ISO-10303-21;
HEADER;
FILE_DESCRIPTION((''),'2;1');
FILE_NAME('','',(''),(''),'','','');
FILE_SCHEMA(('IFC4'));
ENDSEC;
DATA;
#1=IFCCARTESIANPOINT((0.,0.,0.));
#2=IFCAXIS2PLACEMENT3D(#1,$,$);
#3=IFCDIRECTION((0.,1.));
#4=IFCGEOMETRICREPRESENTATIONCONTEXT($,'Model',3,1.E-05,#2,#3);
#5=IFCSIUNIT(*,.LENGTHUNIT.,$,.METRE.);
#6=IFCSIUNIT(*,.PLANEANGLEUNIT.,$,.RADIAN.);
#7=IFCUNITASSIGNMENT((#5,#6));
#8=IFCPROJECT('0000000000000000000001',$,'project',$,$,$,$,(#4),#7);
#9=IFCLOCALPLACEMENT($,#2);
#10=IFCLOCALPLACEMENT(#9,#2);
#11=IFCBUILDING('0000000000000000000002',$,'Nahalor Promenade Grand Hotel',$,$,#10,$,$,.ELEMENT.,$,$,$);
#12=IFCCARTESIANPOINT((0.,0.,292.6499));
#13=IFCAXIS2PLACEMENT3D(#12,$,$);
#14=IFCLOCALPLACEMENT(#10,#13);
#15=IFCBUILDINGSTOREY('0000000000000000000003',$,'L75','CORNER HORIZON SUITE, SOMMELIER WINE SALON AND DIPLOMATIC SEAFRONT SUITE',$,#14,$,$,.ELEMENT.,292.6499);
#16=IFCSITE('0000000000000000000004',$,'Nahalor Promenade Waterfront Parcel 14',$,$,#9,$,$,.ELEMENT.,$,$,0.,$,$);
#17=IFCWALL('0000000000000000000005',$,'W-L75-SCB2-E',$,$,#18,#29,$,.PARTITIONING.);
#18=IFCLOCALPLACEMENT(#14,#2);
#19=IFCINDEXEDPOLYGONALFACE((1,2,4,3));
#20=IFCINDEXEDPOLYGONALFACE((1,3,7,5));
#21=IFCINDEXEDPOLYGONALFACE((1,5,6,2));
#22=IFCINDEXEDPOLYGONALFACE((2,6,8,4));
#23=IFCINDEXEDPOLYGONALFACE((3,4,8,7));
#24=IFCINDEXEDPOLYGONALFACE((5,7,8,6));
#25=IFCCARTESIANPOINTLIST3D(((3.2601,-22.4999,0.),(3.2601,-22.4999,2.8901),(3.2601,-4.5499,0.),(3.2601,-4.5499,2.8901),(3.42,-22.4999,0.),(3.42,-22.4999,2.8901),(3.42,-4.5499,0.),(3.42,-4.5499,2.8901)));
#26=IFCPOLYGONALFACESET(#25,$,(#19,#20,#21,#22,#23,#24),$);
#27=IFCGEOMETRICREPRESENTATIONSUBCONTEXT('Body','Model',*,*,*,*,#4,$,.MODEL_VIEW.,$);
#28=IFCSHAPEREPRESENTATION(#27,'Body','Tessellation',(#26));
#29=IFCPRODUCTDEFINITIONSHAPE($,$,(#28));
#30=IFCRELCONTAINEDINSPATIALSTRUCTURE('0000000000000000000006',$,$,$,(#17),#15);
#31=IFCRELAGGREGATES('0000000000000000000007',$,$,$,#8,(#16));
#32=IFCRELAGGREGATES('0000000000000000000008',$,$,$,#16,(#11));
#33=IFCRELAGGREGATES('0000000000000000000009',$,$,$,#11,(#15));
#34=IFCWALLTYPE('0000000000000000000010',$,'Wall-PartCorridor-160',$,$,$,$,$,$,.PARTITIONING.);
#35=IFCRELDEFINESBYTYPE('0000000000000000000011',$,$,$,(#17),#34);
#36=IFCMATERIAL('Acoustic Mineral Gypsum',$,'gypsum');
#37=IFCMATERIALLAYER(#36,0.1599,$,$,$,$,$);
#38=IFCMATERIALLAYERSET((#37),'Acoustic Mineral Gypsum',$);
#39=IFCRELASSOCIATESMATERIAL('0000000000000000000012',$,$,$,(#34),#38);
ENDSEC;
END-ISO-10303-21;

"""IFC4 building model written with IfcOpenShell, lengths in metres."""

from ifc_helpers import new_model, si_unit, direction, frame, frame_2d, origin, place, context, subcontext, project, spatial, rectangle, extrude, source, transform, mapped, material, layer, layer_set, type_object, element, save


model = new_model("IFC4")

# Units and contexts
model_context = context("Model", 3, precision=1e-05, world=origin(), true_north=direction((0.0, 1.0)))
body_context = subcontext(model_context, "Body", "Model", "MODEL_VIEW")
ifc_project = project(units=[si_unit("LENGTHUNIT", "METRE"), si_unit("PLANEANGLEUNIT", "RADIAN")], contexts=[model_context])

# Site, building, storey
site_placement = place(None, origin())
site = spatial("IfcSite", under=ifc_project, at=site_placement, Name="Nahalor Promenade Waterfront Parcel 14", CompositionType="ELEMENT", RefElevation=0.0)
building_placement = place(site_placement, origin())
building = spatial("IfcBuilding", under=site, at=building_placement, Name="Nahalor Promenade Grand Hotel", CompositionType="ELEMENT")
storey_placement = place(building_placement, frame((0.0, 0.0, 292.6499)))
storey = spatial("IfcBuildingStorey", under=building, at=storey_placement, Name="L75", Description="CORNER HORIZON SUITE, SOMMELIER WINE SALON AND DIPLOMATIC SEAFRONT SUITE", CompositionType="ELEMENT", Elevation=292.6499)

# Wall
ifc_material_1 = material(Name="Acoustic Mineral Gypsum", Category="gypsum")
ifc_layer_1 = layer(ifc_material_1, 0.1599)
ifc_layer_set_1 = layer_set([ifc_layer_1], Name="Acoustic Mineral Gypsum")
wall_type_1 = type_object("IfcWallType", Name="Wall-PartCorridor-160", PredefinedType="PARTITIONING", material=ifc_layer_set_1)
shared_shape_1 = source(origin(), body_context, "Body", "SweptSolid", [
    extrude(rectangle(XDim=17.95, YDim=0.1599, at=frame_2d((8.9751, 0.0))), origin(), (0.0, 0.0, 1.0), 2.8901),
])
wall_1_placement = place(storey_placement, frame((3.3401, -22.5, 0.0), z_axis=(0.0, 0.0, 1.0), x_axis=(0.0, 1.0, 0.0)))
element("IfcWall", 1, at=wall_1_placement, inside=storey, type_object=wall_type_1, Name="W-L75-SCB2-E", PredefinedType="PARTITIONING", context=body_context, shape_type="MappedRepresentation", body=[
    mapped(shared_shape_1, transform((0.0, 0.0, 0.0), scale=1.0)),
])

save(model, "model.ifc")
